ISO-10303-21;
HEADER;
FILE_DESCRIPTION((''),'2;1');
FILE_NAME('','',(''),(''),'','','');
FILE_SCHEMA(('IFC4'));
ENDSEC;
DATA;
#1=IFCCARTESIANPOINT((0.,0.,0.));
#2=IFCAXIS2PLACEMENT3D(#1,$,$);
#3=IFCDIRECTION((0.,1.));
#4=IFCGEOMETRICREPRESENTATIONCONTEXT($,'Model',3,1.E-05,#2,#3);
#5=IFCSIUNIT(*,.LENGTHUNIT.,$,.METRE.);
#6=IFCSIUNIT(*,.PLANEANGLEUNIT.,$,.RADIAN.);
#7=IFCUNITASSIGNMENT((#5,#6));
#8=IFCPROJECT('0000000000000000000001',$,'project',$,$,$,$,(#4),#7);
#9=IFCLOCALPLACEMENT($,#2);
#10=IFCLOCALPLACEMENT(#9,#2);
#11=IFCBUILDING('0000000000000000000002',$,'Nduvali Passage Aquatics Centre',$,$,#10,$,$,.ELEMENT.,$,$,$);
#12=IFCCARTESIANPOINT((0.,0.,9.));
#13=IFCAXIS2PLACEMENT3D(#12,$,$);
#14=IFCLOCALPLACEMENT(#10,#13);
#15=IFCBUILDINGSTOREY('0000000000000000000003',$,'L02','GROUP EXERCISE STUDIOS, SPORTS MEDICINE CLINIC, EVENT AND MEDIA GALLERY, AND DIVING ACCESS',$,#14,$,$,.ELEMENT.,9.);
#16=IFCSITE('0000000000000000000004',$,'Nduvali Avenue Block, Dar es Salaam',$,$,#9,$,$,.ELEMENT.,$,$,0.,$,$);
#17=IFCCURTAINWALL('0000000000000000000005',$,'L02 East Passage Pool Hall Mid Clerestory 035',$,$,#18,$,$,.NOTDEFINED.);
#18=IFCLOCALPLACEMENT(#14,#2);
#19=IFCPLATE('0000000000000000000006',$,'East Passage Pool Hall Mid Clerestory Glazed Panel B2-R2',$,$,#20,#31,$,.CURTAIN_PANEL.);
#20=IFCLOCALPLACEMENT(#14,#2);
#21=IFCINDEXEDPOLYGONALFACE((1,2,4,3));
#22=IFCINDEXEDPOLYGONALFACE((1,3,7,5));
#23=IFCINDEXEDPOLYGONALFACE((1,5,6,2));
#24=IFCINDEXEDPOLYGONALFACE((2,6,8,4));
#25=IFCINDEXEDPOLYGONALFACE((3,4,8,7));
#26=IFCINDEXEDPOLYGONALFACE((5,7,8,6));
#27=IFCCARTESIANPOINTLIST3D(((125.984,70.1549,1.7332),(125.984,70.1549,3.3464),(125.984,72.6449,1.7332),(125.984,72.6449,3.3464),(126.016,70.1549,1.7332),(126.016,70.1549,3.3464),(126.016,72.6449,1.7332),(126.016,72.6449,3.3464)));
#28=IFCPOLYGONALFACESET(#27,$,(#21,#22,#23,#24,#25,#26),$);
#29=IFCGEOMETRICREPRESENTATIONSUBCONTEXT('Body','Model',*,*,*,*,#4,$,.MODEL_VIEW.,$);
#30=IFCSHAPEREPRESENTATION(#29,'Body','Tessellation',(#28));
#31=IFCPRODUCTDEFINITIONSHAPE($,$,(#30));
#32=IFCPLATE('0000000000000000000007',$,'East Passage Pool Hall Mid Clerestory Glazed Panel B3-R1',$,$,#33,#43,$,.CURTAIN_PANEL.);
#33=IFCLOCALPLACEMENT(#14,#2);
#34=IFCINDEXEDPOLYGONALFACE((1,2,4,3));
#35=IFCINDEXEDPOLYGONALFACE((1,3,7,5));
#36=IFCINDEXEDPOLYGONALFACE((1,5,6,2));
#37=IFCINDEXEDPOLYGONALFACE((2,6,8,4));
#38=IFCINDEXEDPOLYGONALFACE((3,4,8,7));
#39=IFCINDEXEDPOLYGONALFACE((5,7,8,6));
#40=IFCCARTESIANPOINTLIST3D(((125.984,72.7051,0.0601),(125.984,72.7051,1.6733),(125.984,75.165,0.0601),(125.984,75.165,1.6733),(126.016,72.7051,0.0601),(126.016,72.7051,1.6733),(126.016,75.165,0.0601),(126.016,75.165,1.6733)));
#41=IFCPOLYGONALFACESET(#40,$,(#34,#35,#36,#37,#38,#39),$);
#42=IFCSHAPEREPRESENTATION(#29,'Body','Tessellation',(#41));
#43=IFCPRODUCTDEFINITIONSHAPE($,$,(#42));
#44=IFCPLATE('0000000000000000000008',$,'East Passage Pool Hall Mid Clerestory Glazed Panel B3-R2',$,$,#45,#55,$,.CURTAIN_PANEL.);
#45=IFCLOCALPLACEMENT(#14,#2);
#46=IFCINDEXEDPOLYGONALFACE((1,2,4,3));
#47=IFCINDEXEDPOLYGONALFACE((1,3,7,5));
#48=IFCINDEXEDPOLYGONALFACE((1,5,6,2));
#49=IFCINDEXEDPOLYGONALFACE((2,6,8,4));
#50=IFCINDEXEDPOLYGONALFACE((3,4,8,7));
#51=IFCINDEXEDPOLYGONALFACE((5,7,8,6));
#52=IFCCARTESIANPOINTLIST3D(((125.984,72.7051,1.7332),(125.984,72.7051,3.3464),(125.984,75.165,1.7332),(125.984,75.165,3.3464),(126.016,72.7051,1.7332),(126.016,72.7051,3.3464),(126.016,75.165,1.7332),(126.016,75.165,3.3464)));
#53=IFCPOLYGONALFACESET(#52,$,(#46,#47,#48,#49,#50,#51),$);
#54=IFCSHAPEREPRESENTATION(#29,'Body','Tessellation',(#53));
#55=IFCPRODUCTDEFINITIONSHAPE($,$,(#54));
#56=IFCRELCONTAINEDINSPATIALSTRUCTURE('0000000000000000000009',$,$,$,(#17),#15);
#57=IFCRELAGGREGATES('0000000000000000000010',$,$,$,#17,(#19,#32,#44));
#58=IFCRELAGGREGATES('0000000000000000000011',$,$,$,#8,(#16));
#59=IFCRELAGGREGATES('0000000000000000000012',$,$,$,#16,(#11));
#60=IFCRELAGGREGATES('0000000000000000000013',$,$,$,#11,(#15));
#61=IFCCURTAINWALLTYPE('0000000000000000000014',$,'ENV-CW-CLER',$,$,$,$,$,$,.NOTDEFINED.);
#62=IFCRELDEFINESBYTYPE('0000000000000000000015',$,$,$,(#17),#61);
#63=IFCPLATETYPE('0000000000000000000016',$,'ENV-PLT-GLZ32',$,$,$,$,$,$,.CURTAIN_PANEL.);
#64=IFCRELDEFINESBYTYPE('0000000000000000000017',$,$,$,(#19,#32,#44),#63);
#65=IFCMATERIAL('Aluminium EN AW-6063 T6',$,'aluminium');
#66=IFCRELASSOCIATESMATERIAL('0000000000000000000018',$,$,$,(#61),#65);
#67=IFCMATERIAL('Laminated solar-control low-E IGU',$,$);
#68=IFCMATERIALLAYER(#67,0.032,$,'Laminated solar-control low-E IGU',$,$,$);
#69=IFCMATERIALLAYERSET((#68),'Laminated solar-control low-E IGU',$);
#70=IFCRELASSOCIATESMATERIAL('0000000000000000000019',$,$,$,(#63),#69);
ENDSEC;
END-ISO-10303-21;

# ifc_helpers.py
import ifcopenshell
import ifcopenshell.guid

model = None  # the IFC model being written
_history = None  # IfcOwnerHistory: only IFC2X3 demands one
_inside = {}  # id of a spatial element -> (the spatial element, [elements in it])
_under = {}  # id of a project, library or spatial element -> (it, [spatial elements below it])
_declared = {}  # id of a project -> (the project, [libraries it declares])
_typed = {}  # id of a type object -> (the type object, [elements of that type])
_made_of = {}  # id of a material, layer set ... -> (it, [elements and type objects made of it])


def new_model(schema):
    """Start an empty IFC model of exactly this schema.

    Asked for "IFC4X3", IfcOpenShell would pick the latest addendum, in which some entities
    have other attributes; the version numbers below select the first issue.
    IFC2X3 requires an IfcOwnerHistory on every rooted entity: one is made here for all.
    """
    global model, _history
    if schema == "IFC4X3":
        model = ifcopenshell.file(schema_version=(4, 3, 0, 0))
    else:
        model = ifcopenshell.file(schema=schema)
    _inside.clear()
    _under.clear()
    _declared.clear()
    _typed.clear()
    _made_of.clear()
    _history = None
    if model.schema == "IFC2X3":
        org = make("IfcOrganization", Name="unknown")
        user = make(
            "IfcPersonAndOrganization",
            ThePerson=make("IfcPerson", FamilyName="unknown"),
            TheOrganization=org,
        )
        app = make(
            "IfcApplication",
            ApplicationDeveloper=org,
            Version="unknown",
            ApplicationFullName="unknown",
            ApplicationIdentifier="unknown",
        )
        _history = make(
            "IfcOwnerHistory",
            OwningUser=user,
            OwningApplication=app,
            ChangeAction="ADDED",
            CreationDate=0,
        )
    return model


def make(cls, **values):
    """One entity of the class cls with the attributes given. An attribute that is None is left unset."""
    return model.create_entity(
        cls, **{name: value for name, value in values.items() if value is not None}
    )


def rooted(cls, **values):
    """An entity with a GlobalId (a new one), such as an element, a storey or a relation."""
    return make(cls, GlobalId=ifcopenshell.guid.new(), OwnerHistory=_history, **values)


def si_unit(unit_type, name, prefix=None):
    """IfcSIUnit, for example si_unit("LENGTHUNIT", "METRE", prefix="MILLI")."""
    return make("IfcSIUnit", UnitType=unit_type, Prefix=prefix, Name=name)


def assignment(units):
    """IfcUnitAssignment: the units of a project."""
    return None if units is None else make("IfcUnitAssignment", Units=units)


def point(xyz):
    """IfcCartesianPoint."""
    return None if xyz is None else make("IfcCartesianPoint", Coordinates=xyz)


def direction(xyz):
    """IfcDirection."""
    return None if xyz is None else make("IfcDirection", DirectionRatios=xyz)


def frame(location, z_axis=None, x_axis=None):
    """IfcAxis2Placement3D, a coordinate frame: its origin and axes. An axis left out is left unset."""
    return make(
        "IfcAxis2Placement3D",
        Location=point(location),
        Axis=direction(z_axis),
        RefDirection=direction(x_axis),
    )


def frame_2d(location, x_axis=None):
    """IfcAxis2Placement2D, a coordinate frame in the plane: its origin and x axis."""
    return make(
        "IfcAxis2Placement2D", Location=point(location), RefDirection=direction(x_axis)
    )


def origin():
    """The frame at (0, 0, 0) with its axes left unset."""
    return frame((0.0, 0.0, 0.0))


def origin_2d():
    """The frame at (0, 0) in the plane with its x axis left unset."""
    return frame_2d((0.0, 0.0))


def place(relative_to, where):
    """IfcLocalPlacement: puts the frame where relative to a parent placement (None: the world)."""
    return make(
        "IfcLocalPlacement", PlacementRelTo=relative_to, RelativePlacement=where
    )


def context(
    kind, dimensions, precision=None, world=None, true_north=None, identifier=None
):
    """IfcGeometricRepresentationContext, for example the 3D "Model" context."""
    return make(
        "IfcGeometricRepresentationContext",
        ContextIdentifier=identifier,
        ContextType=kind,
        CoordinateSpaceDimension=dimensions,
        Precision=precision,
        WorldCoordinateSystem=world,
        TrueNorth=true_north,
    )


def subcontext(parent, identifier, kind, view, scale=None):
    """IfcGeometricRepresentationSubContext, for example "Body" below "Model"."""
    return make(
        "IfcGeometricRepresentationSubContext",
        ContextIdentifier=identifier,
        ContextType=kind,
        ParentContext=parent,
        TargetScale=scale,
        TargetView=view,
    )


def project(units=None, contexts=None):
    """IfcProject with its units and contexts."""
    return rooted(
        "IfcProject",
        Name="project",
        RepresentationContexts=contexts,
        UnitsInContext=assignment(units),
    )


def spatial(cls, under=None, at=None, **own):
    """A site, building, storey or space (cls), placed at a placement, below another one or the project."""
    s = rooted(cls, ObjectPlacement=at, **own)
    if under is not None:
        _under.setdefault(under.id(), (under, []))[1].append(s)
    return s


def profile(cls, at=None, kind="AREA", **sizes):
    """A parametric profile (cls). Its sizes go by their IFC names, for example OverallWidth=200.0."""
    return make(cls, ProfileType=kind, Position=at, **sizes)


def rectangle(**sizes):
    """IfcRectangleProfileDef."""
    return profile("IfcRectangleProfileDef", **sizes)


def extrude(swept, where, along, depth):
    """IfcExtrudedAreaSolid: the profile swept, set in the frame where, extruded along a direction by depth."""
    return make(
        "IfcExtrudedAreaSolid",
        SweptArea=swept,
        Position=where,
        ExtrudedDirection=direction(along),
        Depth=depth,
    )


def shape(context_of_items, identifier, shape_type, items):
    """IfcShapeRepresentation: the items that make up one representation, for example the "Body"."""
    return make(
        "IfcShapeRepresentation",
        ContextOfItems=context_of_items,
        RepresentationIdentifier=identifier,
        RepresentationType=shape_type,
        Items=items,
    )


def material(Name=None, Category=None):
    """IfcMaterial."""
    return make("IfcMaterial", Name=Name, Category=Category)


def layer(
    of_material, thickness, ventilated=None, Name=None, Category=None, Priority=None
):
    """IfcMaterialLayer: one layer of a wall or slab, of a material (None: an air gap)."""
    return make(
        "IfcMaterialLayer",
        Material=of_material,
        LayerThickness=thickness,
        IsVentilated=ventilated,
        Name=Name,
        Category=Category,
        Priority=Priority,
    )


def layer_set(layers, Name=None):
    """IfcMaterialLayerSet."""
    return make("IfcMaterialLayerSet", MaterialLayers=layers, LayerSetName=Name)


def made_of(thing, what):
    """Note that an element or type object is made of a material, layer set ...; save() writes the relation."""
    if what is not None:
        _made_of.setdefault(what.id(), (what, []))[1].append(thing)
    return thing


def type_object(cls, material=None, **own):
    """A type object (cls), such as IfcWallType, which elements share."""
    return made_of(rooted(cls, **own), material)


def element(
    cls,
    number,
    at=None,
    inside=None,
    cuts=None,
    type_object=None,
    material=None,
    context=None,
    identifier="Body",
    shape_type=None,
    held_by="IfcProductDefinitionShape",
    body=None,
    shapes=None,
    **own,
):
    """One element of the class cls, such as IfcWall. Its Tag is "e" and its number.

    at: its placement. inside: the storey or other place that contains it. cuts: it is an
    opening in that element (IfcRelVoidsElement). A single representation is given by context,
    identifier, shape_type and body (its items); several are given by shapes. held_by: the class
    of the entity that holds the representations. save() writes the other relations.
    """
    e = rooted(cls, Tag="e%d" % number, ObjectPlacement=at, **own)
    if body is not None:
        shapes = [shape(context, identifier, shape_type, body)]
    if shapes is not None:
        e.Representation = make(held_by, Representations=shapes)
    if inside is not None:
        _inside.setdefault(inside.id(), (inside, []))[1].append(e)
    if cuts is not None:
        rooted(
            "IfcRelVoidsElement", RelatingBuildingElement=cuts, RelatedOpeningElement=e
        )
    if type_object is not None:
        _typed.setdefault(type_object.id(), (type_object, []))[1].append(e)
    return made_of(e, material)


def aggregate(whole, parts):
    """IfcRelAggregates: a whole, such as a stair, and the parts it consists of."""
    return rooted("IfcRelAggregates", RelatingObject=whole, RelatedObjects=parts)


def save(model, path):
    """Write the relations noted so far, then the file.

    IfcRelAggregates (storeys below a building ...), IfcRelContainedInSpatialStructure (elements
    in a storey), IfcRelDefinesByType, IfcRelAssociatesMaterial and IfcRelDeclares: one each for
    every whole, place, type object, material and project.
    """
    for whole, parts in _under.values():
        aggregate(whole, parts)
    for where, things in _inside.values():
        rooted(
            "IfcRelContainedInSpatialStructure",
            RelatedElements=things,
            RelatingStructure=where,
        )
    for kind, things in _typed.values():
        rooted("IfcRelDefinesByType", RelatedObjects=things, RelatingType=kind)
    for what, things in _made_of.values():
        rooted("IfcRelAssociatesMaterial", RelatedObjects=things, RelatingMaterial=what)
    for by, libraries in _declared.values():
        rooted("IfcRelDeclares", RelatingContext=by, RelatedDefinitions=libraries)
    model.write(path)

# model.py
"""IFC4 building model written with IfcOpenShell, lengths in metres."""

from ifc_helpers import new_model, si_unit, direction, frame, origin, origin_2d, place, context, subcontext, project, spatial, rectangle, extrude, material, layer, layer_set, type_object, element, aggregate, save


model = new_model("IFC4")

# Units and contexts
model_context = context("Model", 3, precision=1e-05, world=origin(), true_north=direction((0.0, 1.0)))
body_context = subcontext(model_context, "Body", "Model", "MODEL_VIEW")
ifc_project = project(units=[si_unit("LENGTHUNIT", "METRE"), si_unit("PLANEANGLEUNIT", "RADIAN")], contexts=[model_context])

# Site, building, storey
site_placement = place(None, origin())
site = spatial("IfcSite", under=ifc_project, at=site_placement, Name="Nduvali Avenue Block, Dar es Salaam", CompositionType="ELEMENT", RefElevation=0.0)
building_placement = place(site_placement, origin())
building = spatial("IfcBuilding", under=site, at=building_placement, Name="Nduvali Passage Aquatics Centre", CompositionType="ELEMENT")
storey_placement = place(building_placement, frame((0.0, 0.0, 9.0)))
storey = spatial("IfcBuildingStorey", under=building, at=storey_placement, Name="L02", Description="GROUP EXERCISE STUDIOS, SPORTS MEDICINE CLINIC, EVENT AND MEDIA GALLERY, AND DIVING ACCESS", CompositionType="ELEMENT", Elevation=9.0)

# Shared definitions
ifc_material_1 = material(Name="Aluminium EN AW-6063 T6", Category="aluminium")
curtain_wall_type = type_object("IfcCurtainWallType", Name="ENV-CW-CLER", PredefinedType="NOTDEFINED", material=ifc_material_1)

# Curtain wall
curtain_wall_1_placement = place(storey_placement, origin())
curtain_wall_1 = element("IfcCurtainWall", 1, at=curtain_wall_1_placement, inside=storey, type_object=curtain_wall_type, Name="L02 East Passage Pool Hall Mid Clerestory 035", PredefinedType="NOTDEFINED")

# Plates
ifc_material_2 = material(Name="Laminated solar-control low-E IGU")
ifc_layer = layer(ifc_material_2, 0.032, Name="Laminated solar-control low-E IGU")
ifc_layer_set = layer_set([ifc_layer], Name="Laminated solar-control low-E IGU")
plate_type = type_object("IfcPlateType", Name="ENV-PLT-GLZ32", PredefinedType="CURTAIN_PANEL", material=ifc_layer_set)
plate_1_placement = place(storey_placement, frame((126.0, 71.3999, 1.7332), z_axis=(0.0, 0.0, 1.0), x_axis=(0.0, 1.0, 0.0)))
plate_1 = element("IfcPlate", 2, at=plate_1_placement, type_object=plate_type, Name="East Passage Pool Hall Mid Clerestory Glazed Panel B2-R2", PredefinedType="CURTAIN_PANEL", context=body_context, shape_type="SweptSolid", body=[
    extrude(rectangle(XDim=2.49, YDim=0.032, at=origin_2d()), origin(), (0.0, 0.0, 1.0), 1.6133),
])
plate_2_placement = place(storey_placement, frame((126.0, 73.9351, 0.0601), z_axis=(0.0, 0.0, 1.0), x_axis=(0.0, 1.0, 0.0)))
plate_2 = element("IfcPlate", 3, at=plate_2_placement, type_object=plate_type, Name="East Passage Pool Hall Mid Clerestory Glazed Panel B3-R1", PredefinedType="CURTAIN_PANEL", context=body_context, shape_type="SweptSolid", body=[
    extrude(rectangle(XDim=2.46, YDim=0.032, at=origin_2d()), origin(), (0.0, 0.0, 1.0), 1.6133),
])
plate_3_placement = place(storey_placement, frame((126.0, 73.9351, 1.7332), z_axis=(0.0, 0.0, 1.0), x_axis=(0.0, 1.0, 0.0)))
plate_3 = element("IfcPlate", 4, at=plate_3_placement, type_object=plate_type, Name="East Passage Pool Hall Mid Clerestory Glazed Panel B3-R2", PredefinedType="CURTAIN_PANEL", context=body_context, shape_type="SweptSolid", body=[
    extrude(rectangle(XDim=2.46, YDim=0.032, at=origin_2d()), origin(), (0.0, 0.0, 1.0), 1.6133),
])
aggregate(curtain_wall_1, [plate_1, plate_2, plate_3])

save(model, "model.ifc")
